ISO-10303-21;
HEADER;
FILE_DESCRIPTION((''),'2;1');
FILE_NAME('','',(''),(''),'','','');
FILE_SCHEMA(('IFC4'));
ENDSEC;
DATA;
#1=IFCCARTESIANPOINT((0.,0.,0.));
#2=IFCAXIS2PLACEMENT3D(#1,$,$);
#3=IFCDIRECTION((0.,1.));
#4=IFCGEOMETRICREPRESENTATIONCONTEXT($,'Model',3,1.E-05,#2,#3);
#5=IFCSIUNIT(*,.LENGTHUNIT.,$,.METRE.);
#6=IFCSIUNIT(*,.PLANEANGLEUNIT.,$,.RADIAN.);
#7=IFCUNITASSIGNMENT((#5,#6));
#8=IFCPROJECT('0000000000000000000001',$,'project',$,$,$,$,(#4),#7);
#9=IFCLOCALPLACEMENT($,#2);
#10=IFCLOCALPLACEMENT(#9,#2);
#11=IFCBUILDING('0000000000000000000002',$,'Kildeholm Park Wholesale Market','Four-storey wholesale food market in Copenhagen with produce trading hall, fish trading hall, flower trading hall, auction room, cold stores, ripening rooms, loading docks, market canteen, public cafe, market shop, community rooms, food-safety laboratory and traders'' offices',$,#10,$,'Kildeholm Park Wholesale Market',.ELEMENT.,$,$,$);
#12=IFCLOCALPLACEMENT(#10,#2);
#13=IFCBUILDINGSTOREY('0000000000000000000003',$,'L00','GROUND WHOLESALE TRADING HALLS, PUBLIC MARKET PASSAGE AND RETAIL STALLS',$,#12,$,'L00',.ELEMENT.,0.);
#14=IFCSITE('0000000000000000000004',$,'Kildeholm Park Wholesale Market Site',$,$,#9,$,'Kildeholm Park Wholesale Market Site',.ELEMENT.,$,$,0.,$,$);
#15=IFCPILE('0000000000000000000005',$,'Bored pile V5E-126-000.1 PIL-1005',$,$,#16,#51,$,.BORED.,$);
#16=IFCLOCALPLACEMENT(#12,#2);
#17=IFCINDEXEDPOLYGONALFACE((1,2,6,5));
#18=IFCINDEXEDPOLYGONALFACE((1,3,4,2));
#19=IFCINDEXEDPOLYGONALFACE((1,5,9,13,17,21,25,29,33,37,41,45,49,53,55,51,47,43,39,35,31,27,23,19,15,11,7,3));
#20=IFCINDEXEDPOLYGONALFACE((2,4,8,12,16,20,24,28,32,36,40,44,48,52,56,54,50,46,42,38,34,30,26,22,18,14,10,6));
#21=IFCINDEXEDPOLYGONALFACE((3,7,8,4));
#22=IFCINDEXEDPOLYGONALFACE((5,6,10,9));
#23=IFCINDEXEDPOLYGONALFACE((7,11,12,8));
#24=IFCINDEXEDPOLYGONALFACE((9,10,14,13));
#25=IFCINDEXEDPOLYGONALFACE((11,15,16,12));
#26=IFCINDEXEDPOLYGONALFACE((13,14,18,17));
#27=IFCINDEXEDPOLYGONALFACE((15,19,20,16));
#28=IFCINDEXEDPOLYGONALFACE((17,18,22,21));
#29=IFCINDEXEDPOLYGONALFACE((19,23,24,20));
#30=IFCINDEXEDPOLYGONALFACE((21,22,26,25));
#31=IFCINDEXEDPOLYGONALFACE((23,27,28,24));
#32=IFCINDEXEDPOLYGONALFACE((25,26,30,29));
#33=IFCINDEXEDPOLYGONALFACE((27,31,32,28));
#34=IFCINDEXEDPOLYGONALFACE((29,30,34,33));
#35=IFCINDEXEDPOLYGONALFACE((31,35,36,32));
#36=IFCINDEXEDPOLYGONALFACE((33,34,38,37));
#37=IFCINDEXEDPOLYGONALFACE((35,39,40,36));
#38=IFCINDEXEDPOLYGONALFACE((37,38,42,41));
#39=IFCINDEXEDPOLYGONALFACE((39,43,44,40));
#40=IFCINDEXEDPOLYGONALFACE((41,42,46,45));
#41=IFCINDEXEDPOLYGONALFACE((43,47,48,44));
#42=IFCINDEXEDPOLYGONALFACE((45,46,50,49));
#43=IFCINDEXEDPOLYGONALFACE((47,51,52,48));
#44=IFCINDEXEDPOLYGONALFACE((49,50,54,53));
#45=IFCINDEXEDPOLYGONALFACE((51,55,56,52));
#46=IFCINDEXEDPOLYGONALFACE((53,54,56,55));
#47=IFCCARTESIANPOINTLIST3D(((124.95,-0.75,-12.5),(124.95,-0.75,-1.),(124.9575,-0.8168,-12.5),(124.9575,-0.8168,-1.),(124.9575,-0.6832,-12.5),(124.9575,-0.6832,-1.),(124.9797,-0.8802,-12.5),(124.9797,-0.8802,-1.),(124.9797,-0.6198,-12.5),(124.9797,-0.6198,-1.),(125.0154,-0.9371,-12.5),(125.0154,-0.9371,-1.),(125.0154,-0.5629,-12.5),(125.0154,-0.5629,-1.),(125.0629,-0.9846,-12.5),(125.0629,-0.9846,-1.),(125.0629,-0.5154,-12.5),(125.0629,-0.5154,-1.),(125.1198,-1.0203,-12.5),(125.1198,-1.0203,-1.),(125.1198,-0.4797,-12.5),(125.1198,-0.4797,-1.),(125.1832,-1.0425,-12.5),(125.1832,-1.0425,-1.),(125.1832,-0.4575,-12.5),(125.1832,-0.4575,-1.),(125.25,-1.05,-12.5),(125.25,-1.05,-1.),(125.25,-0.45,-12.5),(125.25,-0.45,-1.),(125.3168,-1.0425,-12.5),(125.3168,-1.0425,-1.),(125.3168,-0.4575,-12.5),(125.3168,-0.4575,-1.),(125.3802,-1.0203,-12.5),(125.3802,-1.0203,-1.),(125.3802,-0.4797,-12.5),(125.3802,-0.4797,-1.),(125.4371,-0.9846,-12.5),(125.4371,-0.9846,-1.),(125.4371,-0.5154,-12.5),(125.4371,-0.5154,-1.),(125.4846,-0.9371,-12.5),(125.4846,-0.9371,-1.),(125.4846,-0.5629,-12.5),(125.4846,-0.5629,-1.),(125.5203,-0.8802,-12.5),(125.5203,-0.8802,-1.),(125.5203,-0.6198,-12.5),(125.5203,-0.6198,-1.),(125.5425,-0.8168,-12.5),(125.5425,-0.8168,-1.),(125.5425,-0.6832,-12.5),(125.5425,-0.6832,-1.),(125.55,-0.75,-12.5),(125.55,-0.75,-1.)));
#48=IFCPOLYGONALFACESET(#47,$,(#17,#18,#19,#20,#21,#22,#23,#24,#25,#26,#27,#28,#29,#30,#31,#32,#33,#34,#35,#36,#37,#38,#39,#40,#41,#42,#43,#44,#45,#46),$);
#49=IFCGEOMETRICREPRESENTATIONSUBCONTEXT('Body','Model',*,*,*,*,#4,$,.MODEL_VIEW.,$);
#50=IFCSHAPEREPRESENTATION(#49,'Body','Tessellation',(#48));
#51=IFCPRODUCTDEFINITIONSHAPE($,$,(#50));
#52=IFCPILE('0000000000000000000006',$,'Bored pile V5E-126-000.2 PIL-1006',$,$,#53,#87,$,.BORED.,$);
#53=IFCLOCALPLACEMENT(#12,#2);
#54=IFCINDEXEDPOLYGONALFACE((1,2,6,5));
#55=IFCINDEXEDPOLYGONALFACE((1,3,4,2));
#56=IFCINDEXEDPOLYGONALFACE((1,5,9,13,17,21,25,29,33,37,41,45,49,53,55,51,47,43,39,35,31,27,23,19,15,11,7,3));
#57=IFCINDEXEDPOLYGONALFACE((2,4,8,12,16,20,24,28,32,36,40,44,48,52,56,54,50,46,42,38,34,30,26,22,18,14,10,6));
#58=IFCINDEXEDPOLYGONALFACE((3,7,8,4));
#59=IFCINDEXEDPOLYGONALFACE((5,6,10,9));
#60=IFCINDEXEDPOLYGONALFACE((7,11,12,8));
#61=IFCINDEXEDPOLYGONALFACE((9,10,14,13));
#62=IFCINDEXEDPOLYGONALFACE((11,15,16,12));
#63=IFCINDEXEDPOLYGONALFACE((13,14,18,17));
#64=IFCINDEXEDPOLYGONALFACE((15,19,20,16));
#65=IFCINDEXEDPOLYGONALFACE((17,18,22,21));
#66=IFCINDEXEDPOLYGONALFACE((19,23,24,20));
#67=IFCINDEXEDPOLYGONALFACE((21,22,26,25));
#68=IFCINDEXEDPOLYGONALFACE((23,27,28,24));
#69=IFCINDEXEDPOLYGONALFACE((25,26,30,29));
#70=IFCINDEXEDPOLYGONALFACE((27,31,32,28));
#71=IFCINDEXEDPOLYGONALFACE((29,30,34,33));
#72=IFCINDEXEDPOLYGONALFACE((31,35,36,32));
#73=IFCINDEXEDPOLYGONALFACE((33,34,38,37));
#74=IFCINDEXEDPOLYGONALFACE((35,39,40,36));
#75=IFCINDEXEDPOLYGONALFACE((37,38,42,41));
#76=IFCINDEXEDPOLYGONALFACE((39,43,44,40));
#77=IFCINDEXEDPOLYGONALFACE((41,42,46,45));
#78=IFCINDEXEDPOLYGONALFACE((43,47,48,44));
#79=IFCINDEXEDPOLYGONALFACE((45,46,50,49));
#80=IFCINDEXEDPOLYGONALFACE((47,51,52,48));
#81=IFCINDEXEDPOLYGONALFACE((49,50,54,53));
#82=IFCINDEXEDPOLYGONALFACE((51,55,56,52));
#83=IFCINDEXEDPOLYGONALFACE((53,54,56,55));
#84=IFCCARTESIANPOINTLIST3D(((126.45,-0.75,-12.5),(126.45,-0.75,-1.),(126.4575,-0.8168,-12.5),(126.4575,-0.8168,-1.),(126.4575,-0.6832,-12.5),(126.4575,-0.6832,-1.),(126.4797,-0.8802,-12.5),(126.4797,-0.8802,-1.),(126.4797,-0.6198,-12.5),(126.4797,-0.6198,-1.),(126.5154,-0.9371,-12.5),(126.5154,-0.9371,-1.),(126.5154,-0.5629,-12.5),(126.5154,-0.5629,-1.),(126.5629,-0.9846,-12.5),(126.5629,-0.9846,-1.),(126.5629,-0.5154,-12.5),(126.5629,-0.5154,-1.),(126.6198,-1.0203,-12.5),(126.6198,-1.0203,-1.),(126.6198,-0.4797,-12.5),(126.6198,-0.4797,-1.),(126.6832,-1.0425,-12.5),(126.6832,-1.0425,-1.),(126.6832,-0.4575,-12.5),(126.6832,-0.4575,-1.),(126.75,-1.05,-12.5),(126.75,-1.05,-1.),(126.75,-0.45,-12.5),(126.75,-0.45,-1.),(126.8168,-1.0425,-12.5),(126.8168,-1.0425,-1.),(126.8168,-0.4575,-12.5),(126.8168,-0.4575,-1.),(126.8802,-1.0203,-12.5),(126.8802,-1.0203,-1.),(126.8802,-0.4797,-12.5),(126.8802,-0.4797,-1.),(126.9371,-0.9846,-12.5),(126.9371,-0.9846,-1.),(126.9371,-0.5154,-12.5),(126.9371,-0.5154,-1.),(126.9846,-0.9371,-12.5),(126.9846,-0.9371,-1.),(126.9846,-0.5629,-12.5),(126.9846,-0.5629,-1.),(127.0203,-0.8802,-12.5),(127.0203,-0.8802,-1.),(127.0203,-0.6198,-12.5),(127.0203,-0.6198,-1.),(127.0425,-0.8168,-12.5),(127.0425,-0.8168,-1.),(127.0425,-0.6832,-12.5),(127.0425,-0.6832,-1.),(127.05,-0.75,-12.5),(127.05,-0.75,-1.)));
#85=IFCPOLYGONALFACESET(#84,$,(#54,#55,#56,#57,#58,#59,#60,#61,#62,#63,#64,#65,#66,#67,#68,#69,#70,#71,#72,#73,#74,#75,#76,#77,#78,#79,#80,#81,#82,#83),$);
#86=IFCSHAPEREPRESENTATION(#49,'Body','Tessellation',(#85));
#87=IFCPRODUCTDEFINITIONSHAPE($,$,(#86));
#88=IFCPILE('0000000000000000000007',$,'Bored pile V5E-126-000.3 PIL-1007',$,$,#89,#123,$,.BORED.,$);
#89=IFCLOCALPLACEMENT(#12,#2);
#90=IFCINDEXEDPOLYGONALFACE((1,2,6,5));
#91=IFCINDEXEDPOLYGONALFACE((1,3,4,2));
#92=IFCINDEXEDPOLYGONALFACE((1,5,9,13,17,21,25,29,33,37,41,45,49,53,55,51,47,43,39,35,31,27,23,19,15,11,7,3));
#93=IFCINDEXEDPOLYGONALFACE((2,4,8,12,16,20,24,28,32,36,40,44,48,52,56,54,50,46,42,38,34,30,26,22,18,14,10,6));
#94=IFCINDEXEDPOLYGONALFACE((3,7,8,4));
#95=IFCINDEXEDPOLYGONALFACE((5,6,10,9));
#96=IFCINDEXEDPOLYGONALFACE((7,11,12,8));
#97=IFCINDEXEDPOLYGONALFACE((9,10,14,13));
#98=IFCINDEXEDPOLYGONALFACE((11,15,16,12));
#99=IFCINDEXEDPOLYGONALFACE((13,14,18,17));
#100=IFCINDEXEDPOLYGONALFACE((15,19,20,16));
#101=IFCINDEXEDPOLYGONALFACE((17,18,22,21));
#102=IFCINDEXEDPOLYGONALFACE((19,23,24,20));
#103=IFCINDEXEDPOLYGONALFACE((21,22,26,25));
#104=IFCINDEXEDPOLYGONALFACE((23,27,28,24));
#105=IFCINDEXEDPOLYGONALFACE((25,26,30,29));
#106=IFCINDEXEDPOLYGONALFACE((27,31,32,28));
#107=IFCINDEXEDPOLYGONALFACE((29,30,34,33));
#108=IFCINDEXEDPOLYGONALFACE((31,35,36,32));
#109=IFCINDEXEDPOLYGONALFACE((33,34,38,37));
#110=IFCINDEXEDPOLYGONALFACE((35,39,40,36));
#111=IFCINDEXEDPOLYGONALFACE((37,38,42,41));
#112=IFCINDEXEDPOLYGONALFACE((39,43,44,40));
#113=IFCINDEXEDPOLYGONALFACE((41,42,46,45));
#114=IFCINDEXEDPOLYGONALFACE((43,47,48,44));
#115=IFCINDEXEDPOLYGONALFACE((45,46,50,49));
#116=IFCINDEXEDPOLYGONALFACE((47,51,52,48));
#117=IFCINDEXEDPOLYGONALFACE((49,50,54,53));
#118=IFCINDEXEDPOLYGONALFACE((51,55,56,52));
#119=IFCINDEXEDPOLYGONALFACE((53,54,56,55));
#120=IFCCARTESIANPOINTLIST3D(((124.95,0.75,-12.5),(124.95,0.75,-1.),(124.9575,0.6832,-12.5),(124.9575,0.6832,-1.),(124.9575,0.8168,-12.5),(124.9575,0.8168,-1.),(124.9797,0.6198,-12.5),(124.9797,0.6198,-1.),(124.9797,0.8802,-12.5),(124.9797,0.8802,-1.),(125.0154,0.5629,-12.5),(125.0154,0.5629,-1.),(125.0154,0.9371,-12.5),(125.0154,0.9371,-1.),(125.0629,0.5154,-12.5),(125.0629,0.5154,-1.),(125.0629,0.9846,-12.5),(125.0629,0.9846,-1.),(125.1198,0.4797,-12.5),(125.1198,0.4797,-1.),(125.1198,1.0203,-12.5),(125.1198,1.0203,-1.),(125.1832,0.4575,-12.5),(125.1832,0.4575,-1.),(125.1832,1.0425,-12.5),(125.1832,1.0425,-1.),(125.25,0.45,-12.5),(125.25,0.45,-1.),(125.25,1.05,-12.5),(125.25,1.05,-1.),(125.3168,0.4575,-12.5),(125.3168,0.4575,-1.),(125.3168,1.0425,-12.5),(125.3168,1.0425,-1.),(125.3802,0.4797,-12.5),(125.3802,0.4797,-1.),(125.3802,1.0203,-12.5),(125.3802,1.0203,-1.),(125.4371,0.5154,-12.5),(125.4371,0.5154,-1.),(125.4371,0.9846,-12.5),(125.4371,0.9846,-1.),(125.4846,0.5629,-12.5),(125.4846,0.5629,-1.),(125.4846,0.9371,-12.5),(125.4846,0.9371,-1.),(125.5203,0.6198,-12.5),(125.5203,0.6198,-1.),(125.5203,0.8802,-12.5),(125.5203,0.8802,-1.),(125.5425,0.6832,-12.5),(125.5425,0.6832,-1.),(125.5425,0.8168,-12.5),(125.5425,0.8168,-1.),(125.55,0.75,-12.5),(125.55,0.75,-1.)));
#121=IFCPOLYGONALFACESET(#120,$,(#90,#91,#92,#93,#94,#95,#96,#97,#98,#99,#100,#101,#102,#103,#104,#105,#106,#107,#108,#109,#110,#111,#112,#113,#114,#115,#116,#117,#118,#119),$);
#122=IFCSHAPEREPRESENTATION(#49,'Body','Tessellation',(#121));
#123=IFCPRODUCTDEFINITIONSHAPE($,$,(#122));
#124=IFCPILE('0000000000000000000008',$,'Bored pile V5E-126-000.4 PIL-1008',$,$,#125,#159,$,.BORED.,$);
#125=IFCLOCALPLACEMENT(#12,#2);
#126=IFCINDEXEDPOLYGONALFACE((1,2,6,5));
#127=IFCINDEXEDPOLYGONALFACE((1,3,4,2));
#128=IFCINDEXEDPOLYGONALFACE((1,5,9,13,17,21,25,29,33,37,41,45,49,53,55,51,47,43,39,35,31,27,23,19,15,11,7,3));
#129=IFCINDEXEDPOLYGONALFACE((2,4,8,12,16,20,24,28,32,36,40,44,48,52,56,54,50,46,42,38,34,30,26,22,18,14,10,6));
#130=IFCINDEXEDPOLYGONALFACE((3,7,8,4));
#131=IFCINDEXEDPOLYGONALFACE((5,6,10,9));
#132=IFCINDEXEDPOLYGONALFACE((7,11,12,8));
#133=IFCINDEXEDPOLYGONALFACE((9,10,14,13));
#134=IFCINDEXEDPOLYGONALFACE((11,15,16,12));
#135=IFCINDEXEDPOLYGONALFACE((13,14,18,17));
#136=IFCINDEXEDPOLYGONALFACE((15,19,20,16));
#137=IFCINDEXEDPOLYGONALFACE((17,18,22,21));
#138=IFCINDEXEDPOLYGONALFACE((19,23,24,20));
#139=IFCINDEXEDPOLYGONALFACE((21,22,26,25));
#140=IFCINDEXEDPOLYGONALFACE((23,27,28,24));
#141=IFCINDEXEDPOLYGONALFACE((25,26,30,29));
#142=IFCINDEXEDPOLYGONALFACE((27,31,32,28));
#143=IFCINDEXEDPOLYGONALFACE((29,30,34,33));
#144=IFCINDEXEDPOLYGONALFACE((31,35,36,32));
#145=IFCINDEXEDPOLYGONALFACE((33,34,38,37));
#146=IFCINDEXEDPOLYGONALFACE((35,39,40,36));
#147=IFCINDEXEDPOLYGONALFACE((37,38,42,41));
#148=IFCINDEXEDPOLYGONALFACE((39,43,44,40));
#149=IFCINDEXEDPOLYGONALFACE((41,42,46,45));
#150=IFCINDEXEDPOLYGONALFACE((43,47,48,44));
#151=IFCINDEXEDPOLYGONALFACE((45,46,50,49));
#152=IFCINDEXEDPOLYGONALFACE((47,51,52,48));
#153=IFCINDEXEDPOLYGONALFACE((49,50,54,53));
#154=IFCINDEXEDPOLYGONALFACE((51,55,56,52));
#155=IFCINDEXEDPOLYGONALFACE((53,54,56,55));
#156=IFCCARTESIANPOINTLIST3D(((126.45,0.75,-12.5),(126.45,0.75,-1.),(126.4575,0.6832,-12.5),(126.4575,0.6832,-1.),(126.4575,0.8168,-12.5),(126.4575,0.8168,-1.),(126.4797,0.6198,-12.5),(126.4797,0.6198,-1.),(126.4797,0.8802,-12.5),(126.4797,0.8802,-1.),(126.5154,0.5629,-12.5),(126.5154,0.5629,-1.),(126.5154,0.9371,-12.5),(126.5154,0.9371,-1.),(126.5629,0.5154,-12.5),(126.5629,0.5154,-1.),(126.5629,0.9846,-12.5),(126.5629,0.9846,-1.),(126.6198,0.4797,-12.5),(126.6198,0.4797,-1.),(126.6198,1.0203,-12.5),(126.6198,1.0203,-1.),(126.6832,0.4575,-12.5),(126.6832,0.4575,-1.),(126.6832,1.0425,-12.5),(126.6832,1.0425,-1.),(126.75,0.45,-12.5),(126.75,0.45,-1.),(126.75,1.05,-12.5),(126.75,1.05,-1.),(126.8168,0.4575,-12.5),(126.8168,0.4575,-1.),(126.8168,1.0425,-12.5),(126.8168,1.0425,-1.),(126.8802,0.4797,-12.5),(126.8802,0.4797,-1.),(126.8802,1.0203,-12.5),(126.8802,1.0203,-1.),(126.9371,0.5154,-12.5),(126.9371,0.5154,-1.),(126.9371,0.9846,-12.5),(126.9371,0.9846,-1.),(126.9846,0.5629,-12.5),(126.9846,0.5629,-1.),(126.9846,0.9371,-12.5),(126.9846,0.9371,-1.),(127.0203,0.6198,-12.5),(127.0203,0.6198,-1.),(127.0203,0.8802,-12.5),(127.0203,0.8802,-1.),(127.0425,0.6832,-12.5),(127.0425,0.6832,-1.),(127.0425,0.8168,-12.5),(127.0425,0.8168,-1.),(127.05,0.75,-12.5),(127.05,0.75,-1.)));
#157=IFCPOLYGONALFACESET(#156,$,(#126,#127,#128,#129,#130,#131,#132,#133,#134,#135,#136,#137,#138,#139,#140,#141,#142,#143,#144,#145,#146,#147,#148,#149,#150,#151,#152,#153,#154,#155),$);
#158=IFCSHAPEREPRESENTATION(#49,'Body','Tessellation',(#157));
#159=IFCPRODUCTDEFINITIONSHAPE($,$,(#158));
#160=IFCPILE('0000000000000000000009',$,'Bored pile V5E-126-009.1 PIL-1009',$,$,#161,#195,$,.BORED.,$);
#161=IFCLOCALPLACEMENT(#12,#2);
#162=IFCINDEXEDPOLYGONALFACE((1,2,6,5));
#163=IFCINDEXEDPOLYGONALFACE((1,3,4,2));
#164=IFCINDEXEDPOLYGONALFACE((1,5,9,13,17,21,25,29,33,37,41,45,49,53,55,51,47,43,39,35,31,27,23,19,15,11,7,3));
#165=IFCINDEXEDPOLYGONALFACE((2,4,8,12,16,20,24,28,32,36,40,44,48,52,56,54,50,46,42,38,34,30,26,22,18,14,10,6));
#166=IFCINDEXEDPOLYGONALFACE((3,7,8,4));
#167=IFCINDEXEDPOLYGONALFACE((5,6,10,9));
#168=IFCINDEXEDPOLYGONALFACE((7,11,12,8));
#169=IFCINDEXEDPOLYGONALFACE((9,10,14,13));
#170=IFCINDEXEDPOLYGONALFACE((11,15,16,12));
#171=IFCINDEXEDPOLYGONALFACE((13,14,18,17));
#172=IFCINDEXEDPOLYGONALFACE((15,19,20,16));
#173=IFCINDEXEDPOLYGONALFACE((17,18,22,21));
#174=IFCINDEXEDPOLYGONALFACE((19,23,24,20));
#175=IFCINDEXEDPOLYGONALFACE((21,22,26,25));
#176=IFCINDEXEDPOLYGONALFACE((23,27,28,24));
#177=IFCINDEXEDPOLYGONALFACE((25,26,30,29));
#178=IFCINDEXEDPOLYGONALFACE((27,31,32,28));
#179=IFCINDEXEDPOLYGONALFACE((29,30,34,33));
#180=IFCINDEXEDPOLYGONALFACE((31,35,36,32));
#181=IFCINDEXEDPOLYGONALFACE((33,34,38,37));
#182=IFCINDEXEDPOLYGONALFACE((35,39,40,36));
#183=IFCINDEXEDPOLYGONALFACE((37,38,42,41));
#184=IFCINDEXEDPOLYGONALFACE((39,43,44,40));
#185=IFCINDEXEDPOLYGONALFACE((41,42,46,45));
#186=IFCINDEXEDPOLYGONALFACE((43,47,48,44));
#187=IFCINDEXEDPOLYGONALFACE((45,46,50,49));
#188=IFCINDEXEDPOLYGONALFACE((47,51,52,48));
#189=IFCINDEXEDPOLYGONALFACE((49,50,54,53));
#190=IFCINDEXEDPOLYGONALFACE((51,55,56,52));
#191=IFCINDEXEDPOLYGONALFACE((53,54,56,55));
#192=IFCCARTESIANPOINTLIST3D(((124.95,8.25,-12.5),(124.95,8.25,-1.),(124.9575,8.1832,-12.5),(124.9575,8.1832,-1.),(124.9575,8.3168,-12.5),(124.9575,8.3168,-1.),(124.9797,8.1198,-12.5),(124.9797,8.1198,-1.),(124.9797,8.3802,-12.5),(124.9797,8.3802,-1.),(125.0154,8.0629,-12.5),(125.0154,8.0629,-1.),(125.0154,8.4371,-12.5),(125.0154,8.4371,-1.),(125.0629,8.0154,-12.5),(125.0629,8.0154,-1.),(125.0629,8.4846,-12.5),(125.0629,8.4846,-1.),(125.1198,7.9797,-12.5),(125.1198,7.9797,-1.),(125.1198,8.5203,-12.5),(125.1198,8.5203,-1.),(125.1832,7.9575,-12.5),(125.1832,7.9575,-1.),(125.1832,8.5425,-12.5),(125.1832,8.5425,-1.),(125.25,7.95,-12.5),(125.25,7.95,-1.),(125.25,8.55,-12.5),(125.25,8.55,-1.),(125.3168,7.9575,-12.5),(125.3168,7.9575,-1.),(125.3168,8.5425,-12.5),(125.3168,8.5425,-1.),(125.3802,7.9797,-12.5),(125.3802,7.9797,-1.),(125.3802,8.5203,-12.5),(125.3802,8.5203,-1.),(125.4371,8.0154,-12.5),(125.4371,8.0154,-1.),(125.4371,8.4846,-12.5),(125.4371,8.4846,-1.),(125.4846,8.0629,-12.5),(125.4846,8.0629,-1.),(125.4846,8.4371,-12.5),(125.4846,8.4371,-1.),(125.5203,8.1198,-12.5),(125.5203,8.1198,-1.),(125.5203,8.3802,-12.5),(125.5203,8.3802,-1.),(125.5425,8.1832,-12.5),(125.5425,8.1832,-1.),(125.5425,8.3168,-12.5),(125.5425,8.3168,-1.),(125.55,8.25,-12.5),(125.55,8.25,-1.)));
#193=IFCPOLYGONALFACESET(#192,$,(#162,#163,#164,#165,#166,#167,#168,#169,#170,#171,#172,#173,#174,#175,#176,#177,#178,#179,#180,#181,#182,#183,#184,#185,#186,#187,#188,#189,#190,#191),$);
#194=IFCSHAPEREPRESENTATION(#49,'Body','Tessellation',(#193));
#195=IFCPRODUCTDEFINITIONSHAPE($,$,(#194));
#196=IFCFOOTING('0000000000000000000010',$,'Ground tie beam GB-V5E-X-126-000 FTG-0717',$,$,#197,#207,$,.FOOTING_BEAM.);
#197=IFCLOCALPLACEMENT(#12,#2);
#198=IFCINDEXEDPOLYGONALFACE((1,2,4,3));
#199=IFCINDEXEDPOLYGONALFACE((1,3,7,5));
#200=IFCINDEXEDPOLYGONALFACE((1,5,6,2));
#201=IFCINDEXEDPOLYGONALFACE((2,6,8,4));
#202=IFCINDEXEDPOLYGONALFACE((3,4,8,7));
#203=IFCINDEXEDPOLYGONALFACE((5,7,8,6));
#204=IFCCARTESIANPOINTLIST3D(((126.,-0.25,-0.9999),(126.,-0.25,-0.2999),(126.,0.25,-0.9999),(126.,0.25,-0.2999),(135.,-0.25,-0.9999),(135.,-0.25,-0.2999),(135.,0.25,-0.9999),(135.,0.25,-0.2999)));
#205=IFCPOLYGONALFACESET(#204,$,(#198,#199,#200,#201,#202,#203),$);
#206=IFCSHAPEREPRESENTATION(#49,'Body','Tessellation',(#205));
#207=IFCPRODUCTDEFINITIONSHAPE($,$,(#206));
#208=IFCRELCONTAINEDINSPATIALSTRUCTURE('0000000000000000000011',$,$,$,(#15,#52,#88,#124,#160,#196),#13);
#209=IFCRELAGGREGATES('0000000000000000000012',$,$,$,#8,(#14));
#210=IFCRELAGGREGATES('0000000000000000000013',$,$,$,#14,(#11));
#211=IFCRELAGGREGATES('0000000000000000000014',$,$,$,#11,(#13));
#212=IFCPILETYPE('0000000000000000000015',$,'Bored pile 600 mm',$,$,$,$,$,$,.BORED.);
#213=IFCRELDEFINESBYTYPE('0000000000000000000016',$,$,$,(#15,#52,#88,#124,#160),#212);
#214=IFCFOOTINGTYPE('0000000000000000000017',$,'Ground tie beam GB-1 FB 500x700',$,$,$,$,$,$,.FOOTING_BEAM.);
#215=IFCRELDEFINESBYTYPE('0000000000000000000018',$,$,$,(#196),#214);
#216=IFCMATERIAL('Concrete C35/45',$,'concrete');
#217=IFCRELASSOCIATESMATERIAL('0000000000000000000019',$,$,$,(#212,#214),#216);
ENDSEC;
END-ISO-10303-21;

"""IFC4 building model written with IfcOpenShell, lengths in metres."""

from ifc_helpers import new_model, si_unit, direction, frame, origin, origin_2d, place, context, subcontext, project, spatial, rectangle, circle, extrude, material, material_profile, profile_set, type_object, element, save


model = new_model("IFC4")

# Units and contexts
model_context = context("Model", 3, precision=1e-05, world=origin(), true_north=direction((0.0, 1.0)))
body_context = subcontext(model_context, "Body", "Model", "MODEL_VIEW")
ifc_project = project(units=[si_unit("LENGTHUNIT", "METRE"), si_unit("PLANEANGLEUNIT", "RADIAN")], contexts=[model_context])

# Site, building, storey
site_placement = place(None, origin())
site = spatial("IfcSite", under=ifc_project, at=site_placement, Name="Kildeholm Park Wholesale Market Site", LongName="Kildeholm Park Wholesale Market Site", CompositionType="ELEMENT", RefElevation=0.0)
building_placement = place(site_placement, origin())
building = spatial("IfcBuilding", under=site, at=building_placement, Name="Kildeholm Park Wholesale Market", Description="Four-storey wholesale food market in Copenhagen with produce trading hall, fish trading hall, flower trading hall, auction room, cold stores, ripening rooms, loading docks, market canteen, public cafe, market shop, community rooms, food-safety laboratory and traders' offices", LongName="Kildeholm Park Wholesale Market", CompositionType="ELEMENT")
storey_placement = place(building_placement, origin())
storey = spatial("IfcBuildingStorey", under=building, at=storey_placement, Name="L00", Description="GROUND WHOLESALE TRADING HALLS, PUBLIC MARKET PASSAGE AND RETAIL STALLS", LongName="L00", CompositionType="ELEMENT", Elevation=0.0)

# Piles
ifc_material_1 = material(Name="Concrete C35/45", Category="concrete")
ifc_material_profile_1 = material_profile(ifc_material_1, circle(Radius=0.3, at=origin_2d()), Name="PILE D600")
ifc_profile_set_1 = profile_set([ifc_material_profile_1], Name="Concrete C35/45")
pile_type = type_object("IfcPileType", Name="Bored pile 600 mm", PredefinedType="BORED", material=ifc_profile_set_1)
for number, where, z_axis, x_axis, name in (
    (1, (125.25, -0.75, -1.0), (0.0, 0.0, -1.0), (1.0, 0.0, 0.0), "Bored pile V5E-126-000.1 PIL-1005"),
    (2, (126.75, -0.75, -1.0), (0.0, 0.0, -1.0), (1.0, 0.0, 0.0), "Bored pile V5E-126-000.2 PIL-1006"),
    (3, (125.25, 0.75, -1.0), (0.0, 0.0, -1.0), (1.0, 0.0, 0.0), "Bored pile V5E-126-000.3 PIL-1007"),
    (4, (126.75, 0.75, -1.0), (0.0, 0.0, -1.0), (1.0, 0.0, 0.0), "Bored pile V5E-126-000.4 PIL-1008"),
    (5, (125.25, 8.25, -1.0), (0.0, 0.0, -1.0), (1.0, 0.0, 0.0), "Bored pile V5E-126-009.1 PIL-1009"),
):
    element("IfcPile", number, at=place(storey_placement, frame(where, z_axis=z_axis, x_axis=x_axis)), inside=storey, type_object=pile_type, Name=name, PredefinedType="BORED", context=body_context, shape_type="SweptSolid", body=[
        extrude(circle(Radius=0.3, at=origin_2d()), origin(), (0.0, 0.0, 1.0), 11.5),
    ])

# Footing
ifc_material_profile_2 = material_profile(ifc_material_1, rectangle(XDim=0.5, YDim=0.7, at=origin_2d()), Name="FB 500x700")
ifc_profile_set_2 = profile_set([ifc_material_profile_2], Name="Concrete C35/45")
footing_type_1 = type_object("IfcFootingType", Name="Ground tie beam GB-1 FB 500x700", PredefinedType="FOOTING_BEAM", material=ifc_profile_set_2)
for number, where, z_axis, x_axis, name in (
    (6, (126.0, 0.0, -0.6499), (1.0, 0.0, 0.0), (0.0, 1.0, 0.0), "Ground tie beam GB-V5E-X-126-000 FTG-0717"),
):
    element("IfcFooting", number, at=place(storey_placement, frame(where, z_axis=z_axis, x_axis=x_axis)), inside=storey, type_object=footing_type_1, Name=name, PredefinedType="FOOTING_BEAM", context=body_context, shape_type="SweptSolid", body=[
        extrude(rectangle(XDim=0.5, YDim=0.7, at=origin_2d()), origin(), (0.0, 0.0, 1.0), 9.0),
    ])

save(model, "model.ifc")
